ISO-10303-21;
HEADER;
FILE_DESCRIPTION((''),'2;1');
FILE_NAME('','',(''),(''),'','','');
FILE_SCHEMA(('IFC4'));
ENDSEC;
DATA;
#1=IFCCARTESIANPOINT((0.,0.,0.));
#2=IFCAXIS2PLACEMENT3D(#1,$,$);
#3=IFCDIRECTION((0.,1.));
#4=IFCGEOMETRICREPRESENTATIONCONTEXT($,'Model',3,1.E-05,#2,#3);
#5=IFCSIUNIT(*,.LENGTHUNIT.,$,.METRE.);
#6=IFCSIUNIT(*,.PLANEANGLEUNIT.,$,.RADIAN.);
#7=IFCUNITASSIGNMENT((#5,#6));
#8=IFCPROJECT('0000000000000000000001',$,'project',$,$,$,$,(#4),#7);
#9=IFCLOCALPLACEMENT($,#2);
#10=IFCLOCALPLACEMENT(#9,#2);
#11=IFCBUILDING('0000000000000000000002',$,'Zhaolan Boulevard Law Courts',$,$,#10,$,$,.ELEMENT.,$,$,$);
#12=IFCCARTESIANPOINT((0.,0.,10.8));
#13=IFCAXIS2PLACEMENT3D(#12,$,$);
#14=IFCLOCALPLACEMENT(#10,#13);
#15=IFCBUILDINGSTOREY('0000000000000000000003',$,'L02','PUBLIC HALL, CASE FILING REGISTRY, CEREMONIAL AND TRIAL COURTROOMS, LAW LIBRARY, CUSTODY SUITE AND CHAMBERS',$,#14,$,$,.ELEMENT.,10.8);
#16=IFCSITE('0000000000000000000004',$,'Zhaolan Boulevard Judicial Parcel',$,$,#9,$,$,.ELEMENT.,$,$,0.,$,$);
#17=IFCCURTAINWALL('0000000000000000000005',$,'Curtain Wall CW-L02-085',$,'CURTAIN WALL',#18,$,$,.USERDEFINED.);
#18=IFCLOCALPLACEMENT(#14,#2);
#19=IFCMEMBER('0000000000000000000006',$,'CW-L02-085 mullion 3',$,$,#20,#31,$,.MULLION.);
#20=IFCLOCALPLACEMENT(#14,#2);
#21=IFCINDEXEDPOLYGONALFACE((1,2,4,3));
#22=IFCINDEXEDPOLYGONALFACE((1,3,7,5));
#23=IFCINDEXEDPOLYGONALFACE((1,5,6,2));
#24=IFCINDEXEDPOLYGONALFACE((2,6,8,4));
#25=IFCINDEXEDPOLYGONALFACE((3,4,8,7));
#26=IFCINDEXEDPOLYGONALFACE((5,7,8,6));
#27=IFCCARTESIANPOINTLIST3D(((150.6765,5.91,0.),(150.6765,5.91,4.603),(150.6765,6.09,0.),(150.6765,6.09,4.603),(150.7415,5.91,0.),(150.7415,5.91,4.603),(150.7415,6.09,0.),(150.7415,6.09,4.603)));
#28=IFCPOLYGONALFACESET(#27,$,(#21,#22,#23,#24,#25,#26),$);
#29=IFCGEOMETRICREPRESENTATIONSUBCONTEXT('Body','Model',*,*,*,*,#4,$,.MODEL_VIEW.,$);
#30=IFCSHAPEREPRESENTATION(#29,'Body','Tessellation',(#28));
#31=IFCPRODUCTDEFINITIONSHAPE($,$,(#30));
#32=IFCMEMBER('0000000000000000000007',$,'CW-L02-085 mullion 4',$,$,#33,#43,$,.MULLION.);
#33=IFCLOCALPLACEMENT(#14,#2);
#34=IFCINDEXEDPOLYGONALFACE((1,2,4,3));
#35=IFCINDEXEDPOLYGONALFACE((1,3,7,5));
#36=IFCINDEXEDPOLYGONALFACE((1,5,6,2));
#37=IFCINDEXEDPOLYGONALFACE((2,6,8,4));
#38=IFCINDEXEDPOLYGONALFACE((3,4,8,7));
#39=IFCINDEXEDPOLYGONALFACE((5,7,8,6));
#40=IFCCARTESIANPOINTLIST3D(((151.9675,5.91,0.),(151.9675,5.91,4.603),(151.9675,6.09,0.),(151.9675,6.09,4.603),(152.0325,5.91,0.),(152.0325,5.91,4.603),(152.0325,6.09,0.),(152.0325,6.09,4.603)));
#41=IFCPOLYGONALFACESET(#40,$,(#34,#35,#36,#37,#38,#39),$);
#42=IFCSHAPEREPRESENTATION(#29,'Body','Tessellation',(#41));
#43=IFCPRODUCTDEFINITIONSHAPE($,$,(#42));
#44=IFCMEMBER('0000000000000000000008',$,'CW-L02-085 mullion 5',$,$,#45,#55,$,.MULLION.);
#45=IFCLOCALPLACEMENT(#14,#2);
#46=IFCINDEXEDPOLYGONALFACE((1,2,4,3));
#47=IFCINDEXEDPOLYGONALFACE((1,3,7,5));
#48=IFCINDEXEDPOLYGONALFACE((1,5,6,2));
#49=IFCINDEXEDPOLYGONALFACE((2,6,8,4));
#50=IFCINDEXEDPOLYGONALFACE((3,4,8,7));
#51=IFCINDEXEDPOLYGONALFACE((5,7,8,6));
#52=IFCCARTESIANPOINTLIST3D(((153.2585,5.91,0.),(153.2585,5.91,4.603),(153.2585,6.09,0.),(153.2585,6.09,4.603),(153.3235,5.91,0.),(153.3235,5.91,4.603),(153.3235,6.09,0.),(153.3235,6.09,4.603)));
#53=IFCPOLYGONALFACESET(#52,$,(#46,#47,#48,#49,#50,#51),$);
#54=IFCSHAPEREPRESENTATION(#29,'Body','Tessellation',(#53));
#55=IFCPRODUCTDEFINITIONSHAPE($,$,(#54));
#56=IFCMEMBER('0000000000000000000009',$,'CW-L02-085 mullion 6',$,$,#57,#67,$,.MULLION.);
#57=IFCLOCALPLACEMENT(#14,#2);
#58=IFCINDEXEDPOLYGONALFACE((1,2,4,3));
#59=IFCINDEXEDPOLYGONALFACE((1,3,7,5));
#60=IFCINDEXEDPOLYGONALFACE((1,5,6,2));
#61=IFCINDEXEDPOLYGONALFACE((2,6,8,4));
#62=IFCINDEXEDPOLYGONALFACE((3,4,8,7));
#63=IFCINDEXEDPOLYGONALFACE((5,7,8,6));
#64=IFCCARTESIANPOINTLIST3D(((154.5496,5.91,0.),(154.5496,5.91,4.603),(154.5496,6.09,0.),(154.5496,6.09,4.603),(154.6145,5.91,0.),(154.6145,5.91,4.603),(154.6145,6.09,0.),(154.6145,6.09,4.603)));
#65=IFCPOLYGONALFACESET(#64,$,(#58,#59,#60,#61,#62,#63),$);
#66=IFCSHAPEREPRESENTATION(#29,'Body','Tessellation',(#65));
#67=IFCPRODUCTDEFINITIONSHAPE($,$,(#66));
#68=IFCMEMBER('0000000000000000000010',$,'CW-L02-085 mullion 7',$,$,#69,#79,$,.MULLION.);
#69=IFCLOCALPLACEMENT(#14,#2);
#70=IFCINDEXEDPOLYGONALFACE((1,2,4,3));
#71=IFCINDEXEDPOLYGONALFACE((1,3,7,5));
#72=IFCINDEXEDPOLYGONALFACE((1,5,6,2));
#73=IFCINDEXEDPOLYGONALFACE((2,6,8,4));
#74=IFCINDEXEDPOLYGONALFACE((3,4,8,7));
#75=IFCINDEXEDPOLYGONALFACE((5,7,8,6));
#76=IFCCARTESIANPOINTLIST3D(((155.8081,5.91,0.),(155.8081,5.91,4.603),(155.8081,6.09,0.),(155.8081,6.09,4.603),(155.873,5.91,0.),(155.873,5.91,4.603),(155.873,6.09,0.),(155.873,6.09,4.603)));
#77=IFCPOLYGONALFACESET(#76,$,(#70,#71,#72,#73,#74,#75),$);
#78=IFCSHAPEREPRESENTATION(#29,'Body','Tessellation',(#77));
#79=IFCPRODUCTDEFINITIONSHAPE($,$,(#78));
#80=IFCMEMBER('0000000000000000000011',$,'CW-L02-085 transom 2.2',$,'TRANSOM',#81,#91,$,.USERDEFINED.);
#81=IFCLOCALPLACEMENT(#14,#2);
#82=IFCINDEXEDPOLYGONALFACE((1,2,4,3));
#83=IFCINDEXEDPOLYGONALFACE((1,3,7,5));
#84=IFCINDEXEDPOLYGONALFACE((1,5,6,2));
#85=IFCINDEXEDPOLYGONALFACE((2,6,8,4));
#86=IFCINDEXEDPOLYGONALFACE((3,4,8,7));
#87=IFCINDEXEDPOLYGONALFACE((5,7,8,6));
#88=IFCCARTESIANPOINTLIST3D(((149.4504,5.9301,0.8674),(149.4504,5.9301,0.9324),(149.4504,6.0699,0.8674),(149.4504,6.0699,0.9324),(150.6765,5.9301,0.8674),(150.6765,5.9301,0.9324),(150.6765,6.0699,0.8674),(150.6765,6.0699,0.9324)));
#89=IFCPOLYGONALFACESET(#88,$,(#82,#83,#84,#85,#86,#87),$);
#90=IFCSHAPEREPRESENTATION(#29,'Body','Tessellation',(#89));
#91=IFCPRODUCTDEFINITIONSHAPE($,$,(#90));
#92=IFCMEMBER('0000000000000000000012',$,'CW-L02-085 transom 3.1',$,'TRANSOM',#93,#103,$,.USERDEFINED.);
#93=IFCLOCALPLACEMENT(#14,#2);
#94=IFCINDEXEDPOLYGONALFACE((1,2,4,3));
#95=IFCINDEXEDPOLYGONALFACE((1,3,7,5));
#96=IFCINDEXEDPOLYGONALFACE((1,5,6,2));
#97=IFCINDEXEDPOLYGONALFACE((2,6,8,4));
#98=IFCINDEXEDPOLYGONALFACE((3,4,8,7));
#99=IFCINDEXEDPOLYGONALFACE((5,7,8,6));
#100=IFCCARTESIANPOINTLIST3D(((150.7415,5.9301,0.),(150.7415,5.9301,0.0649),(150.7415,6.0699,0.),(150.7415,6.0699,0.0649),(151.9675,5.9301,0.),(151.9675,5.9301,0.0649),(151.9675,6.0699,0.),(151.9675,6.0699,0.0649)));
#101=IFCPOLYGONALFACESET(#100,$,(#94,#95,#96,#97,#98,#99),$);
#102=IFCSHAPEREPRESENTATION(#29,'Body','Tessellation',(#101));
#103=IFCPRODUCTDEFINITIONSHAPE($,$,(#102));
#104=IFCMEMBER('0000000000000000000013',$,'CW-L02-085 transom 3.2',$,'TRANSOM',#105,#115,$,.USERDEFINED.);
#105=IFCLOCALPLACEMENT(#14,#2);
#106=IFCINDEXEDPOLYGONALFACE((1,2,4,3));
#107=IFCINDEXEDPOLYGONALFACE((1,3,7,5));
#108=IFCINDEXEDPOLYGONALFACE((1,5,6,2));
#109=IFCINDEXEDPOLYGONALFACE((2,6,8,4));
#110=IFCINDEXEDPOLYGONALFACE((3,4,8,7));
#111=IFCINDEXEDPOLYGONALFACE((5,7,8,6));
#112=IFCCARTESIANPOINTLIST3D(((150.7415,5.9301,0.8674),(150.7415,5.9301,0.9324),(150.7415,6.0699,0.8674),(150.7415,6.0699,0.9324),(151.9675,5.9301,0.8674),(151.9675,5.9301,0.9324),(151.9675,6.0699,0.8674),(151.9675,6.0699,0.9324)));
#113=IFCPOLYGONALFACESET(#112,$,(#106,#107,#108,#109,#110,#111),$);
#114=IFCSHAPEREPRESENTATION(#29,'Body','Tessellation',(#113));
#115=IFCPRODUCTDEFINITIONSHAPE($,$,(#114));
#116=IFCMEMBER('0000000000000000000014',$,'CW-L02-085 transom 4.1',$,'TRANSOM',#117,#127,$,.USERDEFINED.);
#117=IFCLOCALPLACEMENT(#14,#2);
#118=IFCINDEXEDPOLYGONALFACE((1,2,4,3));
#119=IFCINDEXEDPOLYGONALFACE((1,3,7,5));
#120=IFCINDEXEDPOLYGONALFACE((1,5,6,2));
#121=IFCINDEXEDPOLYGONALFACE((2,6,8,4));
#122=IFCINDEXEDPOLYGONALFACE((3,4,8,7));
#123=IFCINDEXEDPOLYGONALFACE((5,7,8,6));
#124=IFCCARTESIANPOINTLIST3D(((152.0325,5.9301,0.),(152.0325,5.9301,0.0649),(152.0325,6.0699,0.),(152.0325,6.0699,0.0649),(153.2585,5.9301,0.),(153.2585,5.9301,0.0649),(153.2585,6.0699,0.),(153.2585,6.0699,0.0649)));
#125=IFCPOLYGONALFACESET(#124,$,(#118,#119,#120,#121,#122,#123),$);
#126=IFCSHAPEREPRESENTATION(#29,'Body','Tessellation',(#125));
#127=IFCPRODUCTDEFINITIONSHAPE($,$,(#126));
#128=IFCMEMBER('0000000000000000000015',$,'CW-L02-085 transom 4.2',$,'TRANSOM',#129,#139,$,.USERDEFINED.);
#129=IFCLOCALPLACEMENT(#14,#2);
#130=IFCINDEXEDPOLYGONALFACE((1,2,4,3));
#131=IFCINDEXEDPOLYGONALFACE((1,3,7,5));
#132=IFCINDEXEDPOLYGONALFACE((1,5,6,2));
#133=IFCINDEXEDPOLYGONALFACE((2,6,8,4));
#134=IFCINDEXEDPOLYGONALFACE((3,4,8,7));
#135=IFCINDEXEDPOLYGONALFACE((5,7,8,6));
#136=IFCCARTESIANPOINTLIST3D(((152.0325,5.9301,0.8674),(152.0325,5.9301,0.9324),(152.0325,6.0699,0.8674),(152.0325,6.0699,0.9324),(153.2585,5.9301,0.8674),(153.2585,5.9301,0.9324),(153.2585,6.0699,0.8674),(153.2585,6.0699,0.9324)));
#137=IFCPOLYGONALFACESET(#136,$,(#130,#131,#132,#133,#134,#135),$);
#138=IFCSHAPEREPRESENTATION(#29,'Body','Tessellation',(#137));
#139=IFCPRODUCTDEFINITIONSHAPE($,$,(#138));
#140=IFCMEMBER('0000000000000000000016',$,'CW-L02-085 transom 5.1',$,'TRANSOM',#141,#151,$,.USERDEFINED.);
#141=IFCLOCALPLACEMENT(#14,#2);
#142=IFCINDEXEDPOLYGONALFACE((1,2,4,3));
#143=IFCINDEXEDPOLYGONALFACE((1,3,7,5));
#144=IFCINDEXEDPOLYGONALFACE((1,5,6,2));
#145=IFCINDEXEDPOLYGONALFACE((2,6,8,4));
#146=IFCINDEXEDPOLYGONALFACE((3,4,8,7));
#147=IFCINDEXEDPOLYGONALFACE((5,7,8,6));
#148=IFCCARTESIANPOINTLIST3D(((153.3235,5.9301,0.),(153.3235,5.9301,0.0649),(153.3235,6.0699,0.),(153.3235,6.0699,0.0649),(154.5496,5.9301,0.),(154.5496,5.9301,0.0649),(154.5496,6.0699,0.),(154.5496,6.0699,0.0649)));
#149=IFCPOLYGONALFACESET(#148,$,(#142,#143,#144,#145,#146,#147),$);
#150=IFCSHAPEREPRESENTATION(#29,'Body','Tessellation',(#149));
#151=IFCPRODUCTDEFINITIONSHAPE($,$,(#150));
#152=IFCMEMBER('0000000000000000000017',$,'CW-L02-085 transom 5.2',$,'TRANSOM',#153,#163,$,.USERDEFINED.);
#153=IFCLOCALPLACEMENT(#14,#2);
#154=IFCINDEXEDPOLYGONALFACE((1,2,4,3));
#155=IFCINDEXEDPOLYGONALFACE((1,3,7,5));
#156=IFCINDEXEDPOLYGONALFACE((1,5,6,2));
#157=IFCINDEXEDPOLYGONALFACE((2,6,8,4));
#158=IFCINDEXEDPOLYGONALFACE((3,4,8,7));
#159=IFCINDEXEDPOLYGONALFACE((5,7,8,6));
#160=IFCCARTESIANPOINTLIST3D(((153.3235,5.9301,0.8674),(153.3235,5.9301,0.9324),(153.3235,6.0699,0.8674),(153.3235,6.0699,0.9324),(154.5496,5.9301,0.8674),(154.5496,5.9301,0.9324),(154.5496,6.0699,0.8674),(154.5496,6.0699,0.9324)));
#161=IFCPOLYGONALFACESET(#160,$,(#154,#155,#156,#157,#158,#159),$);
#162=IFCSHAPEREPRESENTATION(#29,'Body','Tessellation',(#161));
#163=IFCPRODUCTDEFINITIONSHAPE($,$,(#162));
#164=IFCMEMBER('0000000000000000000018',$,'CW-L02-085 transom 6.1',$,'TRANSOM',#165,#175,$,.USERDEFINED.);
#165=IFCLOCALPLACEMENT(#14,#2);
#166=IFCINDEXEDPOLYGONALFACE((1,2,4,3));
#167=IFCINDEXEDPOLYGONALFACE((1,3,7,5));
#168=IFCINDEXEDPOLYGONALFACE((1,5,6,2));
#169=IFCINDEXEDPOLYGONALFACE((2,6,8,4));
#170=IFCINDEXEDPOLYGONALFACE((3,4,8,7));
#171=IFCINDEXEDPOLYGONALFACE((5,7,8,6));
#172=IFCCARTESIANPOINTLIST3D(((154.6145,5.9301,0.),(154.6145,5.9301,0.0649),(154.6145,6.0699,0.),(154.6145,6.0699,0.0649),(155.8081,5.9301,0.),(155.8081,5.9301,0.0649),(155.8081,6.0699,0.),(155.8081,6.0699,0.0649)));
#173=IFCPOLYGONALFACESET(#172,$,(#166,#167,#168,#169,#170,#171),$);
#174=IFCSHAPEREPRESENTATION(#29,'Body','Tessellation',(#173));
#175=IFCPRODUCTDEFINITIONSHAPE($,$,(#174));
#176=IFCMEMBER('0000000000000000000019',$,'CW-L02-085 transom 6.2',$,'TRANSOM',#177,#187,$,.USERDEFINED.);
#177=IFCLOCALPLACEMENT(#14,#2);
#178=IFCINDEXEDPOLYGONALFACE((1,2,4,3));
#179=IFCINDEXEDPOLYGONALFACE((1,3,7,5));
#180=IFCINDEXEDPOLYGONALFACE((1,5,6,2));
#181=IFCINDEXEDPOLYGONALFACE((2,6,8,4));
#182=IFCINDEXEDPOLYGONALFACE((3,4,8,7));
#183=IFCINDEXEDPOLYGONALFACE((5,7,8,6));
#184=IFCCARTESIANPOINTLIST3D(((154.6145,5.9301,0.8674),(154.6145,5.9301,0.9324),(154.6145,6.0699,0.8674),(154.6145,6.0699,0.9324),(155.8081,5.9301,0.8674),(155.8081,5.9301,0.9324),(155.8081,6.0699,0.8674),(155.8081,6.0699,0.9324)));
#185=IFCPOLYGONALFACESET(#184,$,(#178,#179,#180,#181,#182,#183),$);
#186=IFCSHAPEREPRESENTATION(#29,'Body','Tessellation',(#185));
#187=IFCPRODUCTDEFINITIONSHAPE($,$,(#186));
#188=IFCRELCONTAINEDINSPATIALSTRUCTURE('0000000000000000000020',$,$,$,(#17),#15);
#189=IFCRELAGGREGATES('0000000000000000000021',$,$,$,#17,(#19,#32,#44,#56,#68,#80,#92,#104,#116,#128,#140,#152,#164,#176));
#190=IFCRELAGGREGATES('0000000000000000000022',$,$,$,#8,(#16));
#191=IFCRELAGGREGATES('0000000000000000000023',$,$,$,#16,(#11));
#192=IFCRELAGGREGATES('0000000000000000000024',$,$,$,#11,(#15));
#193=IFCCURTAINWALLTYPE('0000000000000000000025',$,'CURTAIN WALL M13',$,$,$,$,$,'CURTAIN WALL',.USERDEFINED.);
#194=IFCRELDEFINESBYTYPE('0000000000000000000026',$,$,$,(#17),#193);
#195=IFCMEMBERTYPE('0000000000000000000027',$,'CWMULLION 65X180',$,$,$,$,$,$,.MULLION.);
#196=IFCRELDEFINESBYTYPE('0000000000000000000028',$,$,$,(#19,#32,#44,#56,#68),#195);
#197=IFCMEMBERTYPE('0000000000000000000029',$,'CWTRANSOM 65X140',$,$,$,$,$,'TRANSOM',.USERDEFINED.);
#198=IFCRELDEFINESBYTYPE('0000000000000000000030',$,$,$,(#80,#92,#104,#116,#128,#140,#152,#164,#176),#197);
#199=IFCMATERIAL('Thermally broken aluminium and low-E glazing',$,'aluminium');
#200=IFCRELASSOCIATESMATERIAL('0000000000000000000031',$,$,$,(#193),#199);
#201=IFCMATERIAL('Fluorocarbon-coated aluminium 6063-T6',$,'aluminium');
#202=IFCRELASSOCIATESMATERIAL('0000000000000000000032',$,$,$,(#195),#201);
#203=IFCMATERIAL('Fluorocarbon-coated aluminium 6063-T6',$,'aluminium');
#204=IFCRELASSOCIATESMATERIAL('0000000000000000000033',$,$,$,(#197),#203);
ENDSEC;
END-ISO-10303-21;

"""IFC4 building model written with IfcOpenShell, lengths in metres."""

from ifc_helpers import new_model, si_unit, direction, frame, origin, origin_2d, place, context, subcontext, project, spatial, rectangle, extrude, material, material_profile, profile_set, type_object, element, aggregate, save


model = new_model("IFC4")

# Units and contexts
model_context = context("Model", 3, precision=1e-05, world=origin(), true_north=direction((0.0, 1.0)))
body_context = subcontext(model_context, "Body", "Model", "MODEL_VIEW")
ifc_project = project(units=[si_unit("LENGTHUNIT", "METRE"), si_unit("PLANEANGLEUNIT", "RADIAN")], contexts=[model_context])

# Site, building, storey
site_placement = place(None, origin())
site = spatial("IfcSite", under=ifc_project, at=site_placement, Name="Zhaolan Boulevard Judicial Parcel", CompositionType="ELEMENT", RefElevation=0.0)
building_placement = place(site_placement, origin())
building = spatial("IfcBuilding", under=site, at=building_placement, Name="Zhaolan Boulevard Law Courts", CompositionType="ELEMENT")
storey_placement = place(building_placement, frame((0.0, 0.0, 10.8)))
storey = spatial("IfcBuildingStorey", under=building, at=storey_placement, Name="L02", Description="PUBLIC HALL, CASE FILING REGISTRY, CEREMONIAL AND TRIAL COURTROOMS, LAW LIBRARY, CUSTODY SUITE AND CHAMBERS", CompositionType="ELEMENT", Elevation=10.8)

# Curtain wall, members
ifc_material_1 = material(Name="Thermally broken aluminium and low-E glazing", Category="aluminium")
curtain_wall_type = type_object("IfcCurtainWallType", Name="CURTAIN WALL M13", ElementType="CURTAIN WALL", PredefinedType="USERDEFINED", material=ifc_material_1)
curtain_wall_placement = place(storey_placement, origin())
curtain_wall = element("IfcCurtainWall", 1, at=curtain_wall_placement, inside=storey, type_object=curtain_wall_type, Name="Curtain Wall CW-L02-085", ObjectType="CURTAIN WALL", PredefinedType="USERDEFINED")
ifc_material_2 = material(Name="Fluorocarbon-coated aluminium 6063-T6", Category="aluminium")
ifc_material_profile_1 = material_profile(ifc_material_2, rectangle(XDim=0.1799, YDim=0.0649, at=origin_2d()), Name="AL65x180")
ifc_profile_set_1 = profile_set([ifc_material_profile_1], Name="Fluorocarbon-coated aluminium 6063-T6")
member_type_1 = type_object("IfcMemberType", Name="CWMULLION 65X180", PredefinedType="MULLION", material=ifc_profile_set_1)
member_1_placement = place(storey_placement, frame((150.709, 6.0, 0.0), z_axis=(0.0, 0.0, 1.0), x_axis=(0.0, 1.0, 0.0)))
member_1 = element("IfcMember", 2, at=member_1_placement, type_object=member_type_1, Name="CW-L02-085 mullion 3", PredefinedType="MULLION", context=body_context, shape_type="SweptSolid", body=[
    extrude(rectangle(XDim=0.1799, YDim=0.0649, at=origin_2d()), origin(), (0.0, 0.0, 1.0), 4.603),
])
member_2_placement = place(storey_placement, frame((152.0, 6.0, 0.0), z_axis=(0.0, 0.0, 1.0), x_axis=(0.0, 1.0, 0.0)))
member_2 = element("IfcMember", 3, at=member_2_placement, type_object=member_type_1, Name="CW-L02-085 mullion 4", PredefinedType="MULLION", context=body_context, shape_type="SweptSolid", body=[
    extrude(rectangle(XDim=0.1799, YDim=0.0649, at=origin_2d()), origin(), (0.0, 0.0, 1.0), 4.603),
])
member_3_placement = place(storey_placement, frame((153.291, 6.0, 0.0), z_axis=(0.0, 0.0, 1.0), x_axis=(0.0, 1.0, 0.0)))
member_3 = element("IfcMember", 4, at=member_3_placement, type_object=member_type_1, Name="CW-L02-085 mullion 5", PredefinedType="MULLION", context=body_context, shape_type="SweptSolid", body=[
    extrude(rectangle(XDim=0.1799, YDim=0.0649, at=origin_2d()), origin(), (0.0, 0.0, 1.0), 4.603),
])
member_4_placement = place(storey_placement, frame((154.582, 6.0, 0.0), z_axis=(0.0, 0.0, 1.0), x_axis=(0.0, 1.0, 0.0)))
member_4 = element("IfcMember", 5, at=member_4_placement, type_object=member_type_1, Name="CW-L02-085 mullion 6", PredefinedType="MULLION", context=body_context, shape_type="SweptSolid", body=[
    extrude(rectangle(XDim=0.1799, YDim=0.0649, at=origin_2d()), origin(), (0.0, 0.0, 1.0), 4.603),
])
member_5_placement = place(storey_placement, frame((155.8406, 6.0, 0.0), z_axis=(0.0, 0.0, 1.0), x_axis=(0.0, 1.0, 0.0)))
member_5 = element("IfcMember", 6, at=member_5_placement, type_object=member_type_1, Name="CW-L02-085 mullion 7", PredefinedType="MULLION", context=body_context, shape_type="SweptSolid", body=[
    extrude(rectangle(XDim=0.1799, YDim=0.0649, at=origin_2d()), origin(), (0.0, 0.0, 1.0), 4.603),
])
ifc_material_3 = material(Name="Fluorocarbon-coated aluminium 6063-T6", Category="aluminium")
ifc_material_profile_2 = material_profile(ifc_material_3, rectangle(XDim=0.1399, YDim=0.0649, at=origin_2d()), Name="AL65x140")
ifc_profile_set_2 = profile_set([ifc_material_profile_2], Name="Fluorocarbon-coated aluminium 6063-T6")
member_type_2 = type_object("IfcMemberType", Name="CWTRANSOM 65X140", ElementType="TRANSOM", PredefinedType="USERDEFINED", material=ifc_profile_set_2)
member_6_placement = place(storey_placement, frame((149.4504, 6.0, 0.8999), z_axis=(1.0, 0.0, 0.0), x_axis=(0.0, 1.0, 0.0)))
member_6 = element("IfcMember", 7, at=member_6_placement, type_object=member_type_2, Name="CW-L02-085 transom 2.2", ObjectType="TRANSOM", PredefinedType="USERDEFINED", context=body_context, shape_type="SweptSolid", body=[
    extrude(rectangle(XDim=0.1399, YDim=0.0649, at=origin_2d()), origin(), (0.0, 0.0, 1.0), 1.2261),
])
member_7_placement = place(storey_placement, frame((150.7415, 6.0, 0.0325), z_axis=(1.0, 0.0, 0.0), x_axis=(0.0, 1.0, 0.0)))
member_7 = element("IfcMember", 8, at=member_7_placement, type_object=member_type_2, Name="CW-L02-085 transom 3.1", ObjectType="TRANSOM", PredefinedType="USERDEFINED", context=body_context, shape_type="SweptSolid", body=[
    extrude(rectangle(XDim=0.1399, YDim=0.0649, at=origin_2d()), origin(), (0.0, 0.0, 1.0), 1.2261),
])
member_8_placement = place(storey_placement, frame((150.7415, 6.0, 0.8999), z_axis=(1.0, 0.0, 0.0), x_axis=(0.0, 1.0, 0.0)))
member_8 = element("IfcMember", 9, at=member_8_placement, type_object=member_type_2, Name="CW-L02-085 transom 3.2", ObjectType="TRANSOM", PredefinedType="USERDEFINED", context=body_context, shape_type="SweptSolid", body=[
    extrude(rectangle(XDim=0.1399, YDim=0.0649, at=origin_2d()), origin(), (0.0, 0.0, 1.0), 1.2261),
])
member_9_placement = place(storey_placement, frame((152.0325, 6.0, 0.0325), z_axis=(1.0, 0.0, 0.0), x_axis=(0.0, 1.0, 0.0)))
member_9 = element("IfcMember", 10, at=member_9_placement, type_object=member_type_2, Name="CW-L02-085 transom 4.1", ObjectType="TRANSOM", PredefinedType="USERDEFINED", context=body_context, shape_type="SweptSolid", body=[
    extrude(rectangle(XDim=0.1399, YDim=0.0649, at=origin_2d()), origin(), (0.0, 0.0, 1.0), 1.2261),
])
member_10_placement = place(storey_placement, frame((152.0325, 6.0, 0.8999), z_axis=(1.0, 0.0, 0.0), x_axis=(0.0, 1.0, 0.0)))
member_10 = element("IfcMember", 11, at=member_10_placement, type_object=member_type_2, Name="CW-L02-085 transom 4.2", ObjectType="TRANSOM", PredefinedType="USERDEFINED", context=body_context, shape_type="SweptSolid", body=[
    extrude(rectangle(XDim=0.1399, YDim=0.0649, at=origin_2d()), origin(), (0.0, 0.0, 1.0), 1.2261),
])
member_11_placement = place(storey_placement, frame((153.3235, 6.0, 0.0325), z_axis=(1.0, 0.0, 0.0), x_axis=(0.0, 1.0, 0.0)))
member_11 = element("IfcMember", 12, at=member_11_placement, type_object=member_type_2, Name="CW-L02-085 transom 5.1", ObjectType="TRANSOM", PredefinedType="USERDEFINED", context=body_context, shape_type="SweptSolid", body=[
    extrude(rectangle(XDim=0.1399, YDim=0.0649, at=origin_2d()), origin(), (0.0, 0.0, 1.0), 1.2261),
])
member_12_placement = place(storey_placement, frame((153.3235, 6.0, 0.8999), z_axis=(1.0, 0.0, 0.0), x_axis=(0.0, 1.0, 0.0)))
member_12 = element("IfcMember", 13, at=member_12_placement, type_object=member_type_2, Name="CW-L02-085 transom 5.2", ObjectType="TRANSOM", PredefinedType="USERDEFINED", context=body_context, shape_type="SweptSolid", body=[
    extrude(rectangle(XDim=0.1399, YDim=0.0649, at=origin_2d()), origin(), (0.0, 0.0, 1.0), 1.2261),
])
member_13_placement = place(storey_placement, frame((154.6145, 6.0, 0.0325), z_axis=(1.0, 0.0, 0.0), x_axis=(0.0, 1.0, 0.0)))
member_13 = element("IfcMember", 14, at=member_13_placement, type_object=member_type_2, Name="CW-L02-085 transom 6.1", ObjectType="TRANSOM", PredefinedType="USERDEFINED", context=body_context, shape_type="SweptSolid", body=[
    extrude(rectangle(XDim=0.1399, YDim=0.0649, at=origin_2d()), origin(), (0.0, 0.0, 1.0), 1.1936),
])
member_14_placement = place(storey_placement, frame((154.6145, 6.0, 0.8999), z_axis=(1.0, 0.0, 0.0), x_axis=(0.0, 1.0, 0.0)))
member_14 = element("IfcMember", 15, at=member_14_placement, type_object=member_type_2, Name="CW-L02-085 transom 6.2", ObjectType="TRANSOM", PredefinedType="USERDEFINED", context=body_context, shape_type="SweptSolid", body=[
    extrude(rectangle(XDim=0.1399, YDim=0.0649, at=origin_2d()), origin(), (0.0, 0.0, 1.0), 1.1936),
])
aggregate(curtain_wall, [member_1, member_2, member_3, member_4, member_5, member_6, member_7, member_8, member_9, member_10, member_11, member_12, member_13, member_14])

save(model, "model.ifc")
